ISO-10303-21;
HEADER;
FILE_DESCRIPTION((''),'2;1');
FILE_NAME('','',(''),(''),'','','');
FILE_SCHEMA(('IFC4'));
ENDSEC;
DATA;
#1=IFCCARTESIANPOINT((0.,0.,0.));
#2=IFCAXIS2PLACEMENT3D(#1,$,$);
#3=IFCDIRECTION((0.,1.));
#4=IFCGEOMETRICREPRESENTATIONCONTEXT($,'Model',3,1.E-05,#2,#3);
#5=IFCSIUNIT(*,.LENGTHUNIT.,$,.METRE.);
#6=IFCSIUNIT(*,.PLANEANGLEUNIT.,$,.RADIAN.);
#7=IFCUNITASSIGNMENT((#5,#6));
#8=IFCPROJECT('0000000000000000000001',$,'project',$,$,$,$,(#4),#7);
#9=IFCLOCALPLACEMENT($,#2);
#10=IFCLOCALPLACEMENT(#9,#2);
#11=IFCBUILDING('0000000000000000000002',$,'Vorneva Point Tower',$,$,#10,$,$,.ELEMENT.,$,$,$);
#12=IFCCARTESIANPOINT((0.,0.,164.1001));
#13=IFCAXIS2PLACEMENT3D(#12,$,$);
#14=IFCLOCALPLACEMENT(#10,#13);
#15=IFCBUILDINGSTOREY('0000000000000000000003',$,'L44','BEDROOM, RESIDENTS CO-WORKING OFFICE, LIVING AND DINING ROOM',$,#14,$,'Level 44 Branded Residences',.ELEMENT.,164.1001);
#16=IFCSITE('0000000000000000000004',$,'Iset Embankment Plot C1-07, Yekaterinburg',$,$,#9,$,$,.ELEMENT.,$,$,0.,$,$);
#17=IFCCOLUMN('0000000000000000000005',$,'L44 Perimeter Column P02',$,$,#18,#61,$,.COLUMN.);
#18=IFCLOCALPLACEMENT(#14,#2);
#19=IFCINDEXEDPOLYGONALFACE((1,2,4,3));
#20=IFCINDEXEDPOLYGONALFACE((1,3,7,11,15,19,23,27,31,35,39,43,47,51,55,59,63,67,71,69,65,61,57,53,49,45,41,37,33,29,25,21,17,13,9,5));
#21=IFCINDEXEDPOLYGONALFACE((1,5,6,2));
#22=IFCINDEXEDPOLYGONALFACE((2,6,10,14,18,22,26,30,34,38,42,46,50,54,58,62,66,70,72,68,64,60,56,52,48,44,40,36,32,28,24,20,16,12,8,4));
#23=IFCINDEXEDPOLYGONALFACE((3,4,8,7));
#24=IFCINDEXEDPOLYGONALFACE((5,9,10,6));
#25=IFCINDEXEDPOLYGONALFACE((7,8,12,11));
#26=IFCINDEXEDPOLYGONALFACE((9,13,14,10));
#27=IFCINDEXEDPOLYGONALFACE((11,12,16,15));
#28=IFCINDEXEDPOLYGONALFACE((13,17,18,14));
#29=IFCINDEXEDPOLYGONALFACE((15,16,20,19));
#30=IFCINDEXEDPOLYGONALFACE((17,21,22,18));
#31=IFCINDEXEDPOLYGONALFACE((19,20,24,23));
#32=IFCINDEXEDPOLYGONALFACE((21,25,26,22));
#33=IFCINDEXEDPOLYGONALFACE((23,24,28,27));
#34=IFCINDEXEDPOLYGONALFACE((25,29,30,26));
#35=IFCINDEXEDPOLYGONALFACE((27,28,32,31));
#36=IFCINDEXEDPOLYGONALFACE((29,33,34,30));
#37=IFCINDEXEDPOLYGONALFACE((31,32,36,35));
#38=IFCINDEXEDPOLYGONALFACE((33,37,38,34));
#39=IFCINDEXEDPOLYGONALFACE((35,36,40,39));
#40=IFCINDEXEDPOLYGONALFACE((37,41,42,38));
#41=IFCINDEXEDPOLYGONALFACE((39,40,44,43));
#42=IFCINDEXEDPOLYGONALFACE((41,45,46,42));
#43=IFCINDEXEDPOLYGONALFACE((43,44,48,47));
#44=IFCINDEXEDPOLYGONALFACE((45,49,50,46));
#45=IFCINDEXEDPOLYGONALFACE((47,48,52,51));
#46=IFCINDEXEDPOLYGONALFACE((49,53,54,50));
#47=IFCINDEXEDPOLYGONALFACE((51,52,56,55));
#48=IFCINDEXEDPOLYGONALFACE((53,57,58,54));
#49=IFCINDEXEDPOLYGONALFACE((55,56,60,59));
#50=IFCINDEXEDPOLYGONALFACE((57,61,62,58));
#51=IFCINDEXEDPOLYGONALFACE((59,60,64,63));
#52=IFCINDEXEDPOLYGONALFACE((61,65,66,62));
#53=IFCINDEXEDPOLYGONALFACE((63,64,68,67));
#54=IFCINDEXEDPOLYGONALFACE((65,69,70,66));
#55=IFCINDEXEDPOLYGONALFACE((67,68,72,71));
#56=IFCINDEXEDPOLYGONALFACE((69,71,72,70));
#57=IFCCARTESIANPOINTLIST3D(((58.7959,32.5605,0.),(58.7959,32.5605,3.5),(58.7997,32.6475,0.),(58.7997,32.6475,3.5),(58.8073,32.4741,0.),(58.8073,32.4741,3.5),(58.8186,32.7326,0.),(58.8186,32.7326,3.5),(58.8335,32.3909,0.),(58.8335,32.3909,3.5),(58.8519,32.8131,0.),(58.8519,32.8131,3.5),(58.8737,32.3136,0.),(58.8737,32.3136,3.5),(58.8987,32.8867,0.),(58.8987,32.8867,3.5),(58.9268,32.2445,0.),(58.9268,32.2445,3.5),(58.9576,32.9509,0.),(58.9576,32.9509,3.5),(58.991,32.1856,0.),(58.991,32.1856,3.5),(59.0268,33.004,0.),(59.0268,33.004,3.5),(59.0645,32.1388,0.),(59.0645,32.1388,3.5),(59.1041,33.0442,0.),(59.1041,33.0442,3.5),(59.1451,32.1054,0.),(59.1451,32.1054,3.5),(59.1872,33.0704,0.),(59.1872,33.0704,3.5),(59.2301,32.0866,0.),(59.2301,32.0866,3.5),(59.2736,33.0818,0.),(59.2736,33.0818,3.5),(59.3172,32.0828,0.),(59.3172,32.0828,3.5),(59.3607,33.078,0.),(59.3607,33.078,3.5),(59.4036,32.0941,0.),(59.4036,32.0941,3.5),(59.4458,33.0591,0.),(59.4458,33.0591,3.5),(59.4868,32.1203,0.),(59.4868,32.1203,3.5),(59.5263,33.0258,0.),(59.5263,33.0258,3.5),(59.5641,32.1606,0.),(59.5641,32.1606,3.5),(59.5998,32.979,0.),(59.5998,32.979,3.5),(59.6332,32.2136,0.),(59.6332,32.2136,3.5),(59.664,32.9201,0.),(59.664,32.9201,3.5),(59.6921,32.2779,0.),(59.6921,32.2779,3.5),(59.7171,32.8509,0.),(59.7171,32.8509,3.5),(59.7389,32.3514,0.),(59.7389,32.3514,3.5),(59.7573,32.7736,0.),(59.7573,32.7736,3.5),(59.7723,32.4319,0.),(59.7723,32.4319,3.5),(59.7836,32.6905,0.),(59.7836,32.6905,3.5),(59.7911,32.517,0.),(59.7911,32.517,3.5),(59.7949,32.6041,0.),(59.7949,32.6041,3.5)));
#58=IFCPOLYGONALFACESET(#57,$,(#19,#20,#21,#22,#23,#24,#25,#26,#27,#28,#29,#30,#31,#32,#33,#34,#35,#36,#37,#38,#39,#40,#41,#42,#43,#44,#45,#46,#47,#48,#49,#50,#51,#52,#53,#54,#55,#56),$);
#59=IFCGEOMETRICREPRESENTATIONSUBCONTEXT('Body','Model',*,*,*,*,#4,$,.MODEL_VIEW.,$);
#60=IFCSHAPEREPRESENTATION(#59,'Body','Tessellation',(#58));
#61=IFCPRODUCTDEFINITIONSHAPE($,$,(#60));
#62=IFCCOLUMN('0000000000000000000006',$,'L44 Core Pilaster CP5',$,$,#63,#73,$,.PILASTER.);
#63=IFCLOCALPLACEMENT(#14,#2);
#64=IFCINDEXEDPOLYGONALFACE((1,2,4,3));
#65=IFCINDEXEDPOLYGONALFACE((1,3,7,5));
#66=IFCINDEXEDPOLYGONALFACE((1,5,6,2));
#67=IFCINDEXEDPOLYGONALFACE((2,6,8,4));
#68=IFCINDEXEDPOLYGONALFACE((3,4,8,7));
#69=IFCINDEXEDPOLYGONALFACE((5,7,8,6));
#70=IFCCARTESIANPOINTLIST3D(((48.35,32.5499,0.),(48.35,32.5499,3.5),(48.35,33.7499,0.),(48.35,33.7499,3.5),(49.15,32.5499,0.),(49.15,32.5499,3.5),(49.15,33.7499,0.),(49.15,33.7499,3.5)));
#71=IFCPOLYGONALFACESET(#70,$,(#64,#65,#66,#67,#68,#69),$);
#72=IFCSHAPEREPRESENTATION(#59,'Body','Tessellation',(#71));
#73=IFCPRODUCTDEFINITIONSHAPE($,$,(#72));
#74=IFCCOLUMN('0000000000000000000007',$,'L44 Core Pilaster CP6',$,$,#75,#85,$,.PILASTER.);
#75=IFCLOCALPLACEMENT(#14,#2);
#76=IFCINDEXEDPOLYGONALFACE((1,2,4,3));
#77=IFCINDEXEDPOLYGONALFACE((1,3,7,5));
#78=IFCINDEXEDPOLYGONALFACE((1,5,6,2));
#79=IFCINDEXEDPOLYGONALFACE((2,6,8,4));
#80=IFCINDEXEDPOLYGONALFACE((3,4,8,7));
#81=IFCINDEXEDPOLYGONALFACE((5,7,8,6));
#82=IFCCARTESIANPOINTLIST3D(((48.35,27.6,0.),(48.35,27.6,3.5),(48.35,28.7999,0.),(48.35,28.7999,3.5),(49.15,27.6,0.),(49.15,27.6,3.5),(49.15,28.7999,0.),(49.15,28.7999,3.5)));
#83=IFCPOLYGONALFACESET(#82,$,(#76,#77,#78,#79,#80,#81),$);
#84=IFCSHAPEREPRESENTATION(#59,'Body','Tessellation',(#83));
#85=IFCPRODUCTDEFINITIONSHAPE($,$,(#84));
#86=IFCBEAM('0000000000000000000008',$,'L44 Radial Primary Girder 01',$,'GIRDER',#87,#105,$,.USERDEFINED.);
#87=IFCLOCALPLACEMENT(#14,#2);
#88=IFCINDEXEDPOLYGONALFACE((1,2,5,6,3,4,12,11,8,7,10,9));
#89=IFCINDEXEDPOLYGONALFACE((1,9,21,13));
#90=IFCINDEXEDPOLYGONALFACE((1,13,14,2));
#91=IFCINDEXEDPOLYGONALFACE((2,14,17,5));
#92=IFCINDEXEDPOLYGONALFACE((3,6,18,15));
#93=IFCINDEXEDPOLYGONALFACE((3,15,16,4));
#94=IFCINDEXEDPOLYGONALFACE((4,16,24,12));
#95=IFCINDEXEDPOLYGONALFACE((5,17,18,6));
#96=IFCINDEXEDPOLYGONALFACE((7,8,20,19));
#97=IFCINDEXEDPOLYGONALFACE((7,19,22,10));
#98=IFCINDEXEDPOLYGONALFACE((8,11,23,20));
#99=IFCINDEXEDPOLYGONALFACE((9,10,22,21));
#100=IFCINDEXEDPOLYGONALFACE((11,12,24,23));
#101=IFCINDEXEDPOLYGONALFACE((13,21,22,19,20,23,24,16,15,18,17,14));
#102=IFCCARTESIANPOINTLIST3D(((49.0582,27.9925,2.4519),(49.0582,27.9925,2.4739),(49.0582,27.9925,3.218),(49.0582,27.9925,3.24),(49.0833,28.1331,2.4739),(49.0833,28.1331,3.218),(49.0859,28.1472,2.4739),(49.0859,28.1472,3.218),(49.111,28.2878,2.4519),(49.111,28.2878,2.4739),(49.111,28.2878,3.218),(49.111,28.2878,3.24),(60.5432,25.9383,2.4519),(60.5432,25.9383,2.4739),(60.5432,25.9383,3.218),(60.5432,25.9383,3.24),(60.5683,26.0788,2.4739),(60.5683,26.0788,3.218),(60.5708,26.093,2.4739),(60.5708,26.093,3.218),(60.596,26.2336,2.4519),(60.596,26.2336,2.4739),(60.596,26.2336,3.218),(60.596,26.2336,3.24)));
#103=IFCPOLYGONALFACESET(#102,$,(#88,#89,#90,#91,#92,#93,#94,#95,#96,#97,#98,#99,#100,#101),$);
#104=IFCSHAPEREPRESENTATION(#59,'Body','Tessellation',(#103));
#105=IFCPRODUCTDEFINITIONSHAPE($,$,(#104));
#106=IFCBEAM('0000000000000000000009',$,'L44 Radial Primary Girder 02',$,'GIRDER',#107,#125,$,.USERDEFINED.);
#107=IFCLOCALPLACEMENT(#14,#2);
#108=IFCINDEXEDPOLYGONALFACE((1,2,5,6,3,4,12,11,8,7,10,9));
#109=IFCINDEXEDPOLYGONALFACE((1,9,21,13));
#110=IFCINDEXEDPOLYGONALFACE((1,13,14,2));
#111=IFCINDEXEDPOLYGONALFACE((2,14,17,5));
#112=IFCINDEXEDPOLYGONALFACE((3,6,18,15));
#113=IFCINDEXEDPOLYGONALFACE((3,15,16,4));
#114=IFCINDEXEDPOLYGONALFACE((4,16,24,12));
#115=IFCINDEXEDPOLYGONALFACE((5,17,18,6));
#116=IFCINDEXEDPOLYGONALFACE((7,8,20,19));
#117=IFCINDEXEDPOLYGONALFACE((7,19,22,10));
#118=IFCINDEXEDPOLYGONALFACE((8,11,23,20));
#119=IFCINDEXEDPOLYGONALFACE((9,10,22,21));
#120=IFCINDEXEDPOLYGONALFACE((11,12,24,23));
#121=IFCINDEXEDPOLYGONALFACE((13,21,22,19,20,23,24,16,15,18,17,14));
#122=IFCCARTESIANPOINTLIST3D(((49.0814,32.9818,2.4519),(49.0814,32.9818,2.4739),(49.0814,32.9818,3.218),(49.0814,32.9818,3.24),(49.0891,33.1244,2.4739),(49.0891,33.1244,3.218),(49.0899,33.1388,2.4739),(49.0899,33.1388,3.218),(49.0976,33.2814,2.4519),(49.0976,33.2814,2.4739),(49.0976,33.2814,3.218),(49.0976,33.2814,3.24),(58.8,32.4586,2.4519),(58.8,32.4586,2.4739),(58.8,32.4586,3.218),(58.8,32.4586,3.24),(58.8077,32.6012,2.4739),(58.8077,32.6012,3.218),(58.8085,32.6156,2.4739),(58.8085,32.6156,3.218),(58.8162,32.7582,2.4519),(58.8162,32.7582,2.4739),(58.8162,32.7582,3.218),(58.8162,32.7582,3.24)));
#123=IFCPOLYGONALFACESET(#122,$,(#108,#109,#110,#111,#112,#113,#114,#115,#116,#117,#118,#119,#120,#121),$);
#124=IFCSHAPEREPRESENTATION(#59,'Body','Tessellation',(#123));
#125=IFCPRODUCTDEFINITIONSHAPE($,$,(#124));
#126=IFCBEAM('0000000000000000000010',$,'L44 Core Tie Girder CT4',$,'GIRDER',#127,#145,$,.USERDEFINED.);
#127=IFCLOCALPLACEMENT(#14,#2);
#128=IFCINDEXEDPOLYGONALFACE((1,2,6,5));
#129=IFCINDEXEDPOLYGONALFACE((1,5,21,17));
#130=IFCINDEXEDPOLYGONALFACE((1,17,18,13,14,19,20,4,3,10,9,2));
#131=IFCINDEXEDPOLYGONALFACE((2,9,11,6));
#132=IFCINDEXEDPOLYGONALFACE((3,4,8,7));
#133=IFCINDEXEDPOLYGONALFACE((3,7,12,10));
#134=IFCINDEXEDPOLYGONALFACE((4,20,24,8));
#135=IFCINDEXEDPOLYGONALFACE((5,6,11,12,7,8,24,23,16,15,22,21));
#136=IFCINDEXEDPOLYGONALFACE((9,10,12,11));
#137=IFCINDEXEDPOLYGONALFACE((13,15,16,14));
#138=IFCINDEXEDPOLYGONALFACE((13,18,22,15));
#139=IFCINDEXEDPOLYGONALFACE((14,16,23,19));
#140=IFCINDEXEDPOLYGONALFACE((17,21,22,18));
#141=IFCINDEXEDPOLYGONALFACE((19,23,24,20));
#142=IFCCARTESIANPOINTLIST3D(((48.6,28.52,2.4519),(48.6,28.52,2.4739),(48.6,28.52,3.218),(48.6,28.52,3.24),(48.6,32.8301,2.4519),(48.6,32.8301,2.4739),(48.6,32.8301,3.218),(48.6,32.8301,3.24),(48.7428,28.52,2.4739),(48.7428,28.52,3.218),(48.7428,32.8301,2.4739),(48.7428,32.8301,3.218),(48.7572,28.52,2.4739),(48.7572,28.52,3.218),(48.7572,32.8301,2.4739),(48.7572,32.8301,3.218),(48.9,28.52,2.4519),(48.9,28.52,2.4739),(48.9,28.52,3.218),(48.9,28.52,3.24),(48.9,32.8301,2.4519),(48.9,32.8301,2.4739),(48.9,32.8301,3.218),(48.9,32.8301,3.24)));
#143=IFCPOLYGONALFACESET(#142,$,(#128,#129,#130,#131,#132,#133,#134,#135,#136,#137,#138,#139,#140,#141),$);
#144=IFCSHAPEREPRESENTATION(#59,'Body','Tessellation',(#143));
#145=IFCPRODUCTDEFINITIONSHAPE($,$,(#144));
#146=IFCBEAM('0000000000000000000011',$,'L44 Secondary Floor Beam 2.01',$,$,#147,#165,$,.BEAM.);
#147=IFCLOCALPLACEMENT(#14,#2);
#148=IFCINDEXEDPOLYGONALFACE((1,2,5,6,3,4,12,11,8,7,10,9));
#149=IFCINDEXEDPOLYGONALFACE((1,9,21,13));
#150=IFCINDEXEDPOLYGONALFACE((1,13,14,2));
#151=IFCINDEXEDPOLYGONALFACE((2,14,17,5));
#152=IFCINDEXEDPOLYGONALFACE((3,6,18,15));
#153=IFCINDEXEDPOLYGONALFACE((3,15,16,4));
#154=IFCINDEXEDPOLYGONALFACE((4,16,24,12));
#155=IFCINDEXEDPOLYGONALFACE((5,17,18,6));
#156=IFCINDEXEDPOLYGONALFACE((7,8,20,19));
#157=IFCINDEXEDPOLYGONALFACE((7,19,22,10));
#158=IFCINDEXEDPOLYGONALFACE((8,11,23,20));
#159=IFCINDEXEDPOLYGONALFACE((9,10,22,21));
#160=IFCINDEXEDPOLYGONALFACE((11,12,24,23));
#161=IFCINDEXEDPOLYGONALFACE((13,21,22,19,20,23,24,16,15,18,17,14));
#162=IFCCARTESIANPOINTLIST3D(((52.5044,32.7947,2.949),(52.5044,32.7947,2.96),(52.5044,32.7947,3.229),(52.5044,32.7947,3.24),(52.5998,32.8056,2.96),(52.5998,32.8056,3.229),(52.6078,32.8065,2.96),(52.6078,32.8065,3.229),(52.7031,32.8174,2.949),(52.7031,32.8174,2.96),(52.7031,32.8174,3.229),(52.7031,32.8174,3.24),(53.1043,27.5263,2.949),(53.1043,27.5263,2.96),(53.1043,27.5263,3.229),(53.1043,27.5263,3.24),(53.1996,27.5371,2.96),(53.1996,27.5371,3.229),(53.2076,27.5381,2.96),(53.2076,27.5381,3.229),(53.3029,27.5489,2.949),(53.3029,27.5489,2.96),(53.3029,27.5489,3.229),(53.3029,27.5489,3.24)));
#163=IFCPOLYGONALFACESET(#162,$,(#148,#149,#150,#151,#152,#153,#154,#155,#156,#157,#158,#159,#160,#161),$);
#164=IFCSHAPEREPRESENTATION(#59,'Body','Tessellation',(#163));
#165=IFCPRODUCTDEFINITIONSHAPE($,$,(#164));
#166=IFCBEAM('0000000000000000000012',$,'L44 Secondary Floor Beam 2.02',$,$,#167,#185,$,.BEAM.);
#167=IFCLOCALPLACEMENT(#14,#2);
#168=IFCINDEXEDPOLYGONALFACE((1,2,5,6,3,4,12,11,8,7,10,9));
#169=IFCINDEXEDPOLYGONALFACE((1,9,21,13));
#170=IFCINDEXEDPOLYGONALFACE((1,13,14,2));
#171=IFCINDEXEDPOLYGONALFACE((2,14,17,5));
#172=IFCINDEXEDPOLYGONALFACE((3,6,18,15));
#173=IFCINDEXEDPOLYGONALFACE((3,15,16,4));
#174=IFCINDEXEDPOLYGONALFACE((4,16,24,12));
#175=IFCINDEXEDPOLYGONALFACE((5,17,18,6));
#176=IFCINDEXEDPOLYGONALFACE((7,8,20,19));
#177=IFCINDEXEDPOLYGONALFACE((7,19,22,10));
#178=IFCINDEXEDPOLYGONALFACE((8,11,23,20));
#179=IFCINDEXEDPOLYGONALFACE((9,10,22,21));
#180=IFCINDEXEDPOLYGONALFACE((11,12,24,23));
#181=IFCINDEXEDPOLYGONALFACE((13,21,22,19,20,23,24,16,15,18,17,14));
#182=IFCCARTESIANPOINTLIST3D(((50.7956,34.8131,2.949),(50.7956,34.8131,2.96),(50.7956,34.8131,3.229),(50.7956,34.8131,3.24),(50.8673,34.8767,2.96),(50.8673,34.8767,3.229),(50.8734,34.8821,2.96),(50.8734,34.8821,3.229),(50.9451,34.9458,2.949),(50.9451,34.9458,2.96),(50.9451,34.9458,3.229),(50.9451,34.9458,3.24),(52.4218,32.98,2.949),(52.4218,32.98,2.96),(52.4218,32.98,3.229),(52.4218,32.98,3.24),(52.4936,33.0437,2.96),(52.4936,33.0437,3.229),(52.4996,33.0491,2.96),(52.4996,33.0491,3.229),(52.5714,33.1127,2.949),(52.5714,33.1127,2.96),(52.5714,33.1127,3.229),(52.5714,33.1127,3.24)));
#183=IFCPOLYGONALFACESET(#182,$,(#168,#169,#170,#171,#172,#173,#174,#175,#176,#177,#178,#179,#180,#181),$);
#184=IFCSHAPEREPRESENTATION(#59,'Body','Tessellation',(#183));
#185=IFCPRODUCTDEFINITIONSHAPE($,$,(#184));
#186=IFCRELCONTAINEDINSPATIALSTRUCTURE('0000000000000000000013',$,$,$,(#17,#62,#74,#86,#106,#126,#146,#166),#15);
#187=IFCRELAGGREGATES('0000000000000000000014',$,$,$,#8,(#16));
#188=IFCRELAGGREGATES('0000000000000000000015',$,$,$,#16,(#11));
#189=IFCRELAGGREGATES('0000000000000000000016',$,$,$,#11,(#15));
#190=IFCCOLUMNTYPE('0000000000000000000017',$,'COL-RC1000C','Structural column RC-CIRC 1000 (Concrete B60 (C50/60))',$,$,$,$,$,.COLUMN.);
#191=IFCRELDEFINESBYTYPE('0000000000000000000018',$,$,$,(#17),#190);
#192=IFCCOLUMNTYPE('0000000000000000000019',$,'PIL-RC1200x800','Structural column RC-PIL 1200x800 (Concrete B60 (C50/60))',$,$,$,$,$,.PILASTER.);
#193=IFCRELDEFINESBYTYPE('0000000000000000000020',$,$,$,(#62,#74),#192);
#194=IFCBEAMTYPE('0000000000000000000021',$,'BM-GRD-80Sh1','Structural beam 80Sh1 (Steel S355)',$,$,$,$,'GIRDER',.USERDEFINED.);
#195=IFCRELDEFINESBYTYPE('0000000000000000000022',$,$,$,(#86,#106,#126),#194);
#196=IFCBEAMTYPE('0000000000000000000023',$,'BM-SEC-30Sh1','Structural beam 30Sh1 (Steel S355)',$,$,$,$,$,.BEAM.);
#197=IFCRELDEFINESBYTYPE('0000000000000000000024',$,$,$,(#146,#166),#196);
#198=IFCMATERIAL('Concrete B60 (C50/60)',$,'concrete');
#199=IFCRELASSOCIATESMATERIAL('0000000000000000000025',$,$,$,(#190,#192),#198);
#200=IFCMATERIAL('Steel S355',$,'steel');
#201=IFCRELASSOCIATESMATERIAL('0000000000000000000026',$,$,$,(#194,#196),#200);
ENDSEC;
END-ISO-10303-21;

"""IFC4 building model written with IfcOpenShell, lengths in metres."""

from ifc_helpers import new_model, si_unit, direction, frame, origin, origin_2d, place, context, subcontext, project, spatial, rectangle, circle, i_section, extrude, material, material_profile, profile_set, type_object, element, save


model = new_model("IFC4")

# Units and contexts
model_context = context("Model", 3, precision=1e-05, world=origin(), true_north=direction((0.0, 1.0)))
body_context = subcontext(model_context, "Body", "Model", "MODEL_VIEW")
ifc_project = project(units=[si_unit("LENGTHUNIT", "METRE"), si_unit("PLANEANGLEUNIT", "RADIAN")], contexts=[model_context])

# Site, building, storey
site_placement = place(None, origin())
site = spatial("IfcSite", under=ifc_project, at=site_placement, Name="Iset Embankment Plot C1-07, Yekaterinburg", CompositionType="ELEMENT", RefElevation=0.0)
building_placement = place(site_placement, origin())
building = spatial("IfcBuilding", under=site, at=building_placement, Name="Vorneva Point Tower", CompositionType="ELEMENT")
storey_placement = place(building_placement, frame((0.0, 0.0, 164.1001)))
storey = spatial("IfcBuildingStorey", under=building, at=storey_placement, Name="L44", Description="BEDROOM, RESIDENTS CO-WORKING OFFICE, LIVING AND DINING ROOM", LongName="Level 44 Branded Residences", CompositionType="ELEMENT", Elevation=164.1001)

# Columns
ifc_material_1 = material(Name="Concrete B60 (C50/60)", Category="concrete")
ifc_material_profile_1 = material_profile(ifc_material_1, circle(Radius=0.5, at=origin_2d()), Name="RC-CIRC 1000")
ifc_profile_set_1 = profile_set([ifc_material_profile_1], Name="Concrete B60 (C50/60)")
column_type_1 = type_object("IfcColumnType", Name="COL-RC1000C", Description="Structural column RC-CIRC 1000 (Concrete B60 (C50/60))", PredefinedType="COLUMN", material=ifc_profile_set_1)
column_placement = place(storey_placement, frame((59.2954, 32.5823, 0.0), z_axis=(0.0, 0.0, 1.0), x_axis=(0.92388, 0.382683, 0.0)))
element("IfcColumn", 1, at=column_placement, inside=storey, type_object=column_type_1, Name="L44 Perimeter Column P02", PredefinedType="COLUMN", context=body_context, shape_type="SweptSolid", body=[
    extrude(circle(Radius=0.5, at=origin_2d()), origin(), (0.0, 0.0, 1.0), 3.5),
])
ifc_material_profile_2 = material_profile(ifc_material_1, rectangle(XDim=0.8, YDim=1.2, at=origin_2d()), Name="RC-PIL 1200x800")
ifc_profile_set_2 = profile_set([ifc_material_profile_2], Name="Concrete B60 (C50/60)")
column_type_2 = type_object("IfcColumnType", Name="PIL-RC1200x800", Description="Structural column RC-PIL 1200x800 (Concrete B60 (C50/60))", PredefinedType="PILASTER", material=ifc_profile_set_2)
for number, where, z_axis, x_axis, name in (
    (2, (48.75, 33.1499, 0.0), (0.0, 0.0, 1.0), (1.0, 0.0, 0.0), "L44 Core Pilaster CP5"),
    (3, (48.75, 28.2, 0.0), (0.0, 0.0, 1.0), (1.0, 0.0, 0.0), "L44 Core Pilaster CP6"),
):
    element("IfcColumn", number, at=place(storey_placement, frame(where, z_axis=z_axis, x_axis=x_axis)), inside=storey, type_object=column_type_2, Name=name, PredefinedType="PILASTER", context=body_context, shape_type="SweptSolid", body=[
        extrude(rectangle(XDim=0.8, YDim=1.2, at=origin_2d()), origin(), (0.0, 0.0, 1.0), 3.5),
    ])

# Beams
ifc_material_2 = material(Name="Steel S355", Category="steel")
ifc_material_profile_3 = material_profile(ifc_material_2, i_section(OverallWidth=0.3, OverallDepth=0.7881, WebThickness=0.0144, FlangeThickness=0.022, at=origin_2d()), Name="80Sh1")
ifc_profile_set_3 = profile_set([ifc_material_profile_3], Name="Steel S355")
beam_type_1 = type_object("IfcBeamType", Name="BM-GRD-80Sh1", Description="Structural beam 80Sh1 (Steel S355)", ElementType="GIRDER", PredefinedType="USERDEFINED", material=ifc_profile_set_3)
beam_1_placement = place(storey_placement, frame((60.5696, 26.0859, 2.8459), z_axis=(-0.984378, 0.176067, 0.0), x_axis=(-0.176067, -0.984378, 0.0)))
element("IfcBeam", 4, at=beam_1_placement, inside=storey, type_object=beam_type_1, Name="L44 Radial Primary Girder 01", ObjectType="GIRDER", PredefinedType="USERDEFINED", context=body_context, shape_type="SweptSolid", body=[
    extrude(i_section(OverallWidth=0.3, OverallDepth=0.7881, WebThickness=0.0144, FlangeThickness=0.022, at=origin_2d()), origin(), (0.0, 0.0, 1.0), 11.6672),
])
beam_2_placement = place(storey_placement, frame((58.8081, 32.6084, 2.8459), z_axis=(-0.998554, 0.053757, 0.0), x_axis=(-0.053757, -0.998554, 0.0)))
element("IfcBeam", 5, at=beam_2_placement, inside=storey, type_object=beam_type_1, Name="L44 Radial Primary Girder 02", ObjectType="GIRDER", PredefinedType="USERDEFINED", context=body_context, shape_type="SweptSolid", body=[
    extrude(i_section(OverallWidth=0.3, OverallDepth=0.7881, WebThickness=0.0144, FlangeThickness=0.022, at=origin_2d()), origin(), (0.0, 0.0, 1.0), 9.7327),
])
beam_3_placement = place(storey_placement, frame((48.75, 28.52, 2.8459), z_axis=(0.0, 1.0, 0.0), x_axis=(-1.0, 0.0, 0.0)))
element("IfcBeam", 6, at=beam_3_placement, inside=storey, type_object=beam_type_1, Name="L44 Core Tie Girder CT4", ObjectType="GIRDER", PredefinedType="USERDEFINED", context=body_context, shape_type="SweptSolid", body=[
    extrude(i_section(OverallWidth=0.3, OverallDepth=0.7881, WebThickness=0.0144, FlangeThickness=0.022, at=origin_2d()), origin(), (0.0, 0.0, 1.0), 4.3101),
])
ifc_material_profile_4 = material_profile(ifc_material_2, i_section(OverallWidth=0.2, OverallDepth=0.291, WebThickness=0.0081, FlangeThickness=0.011, at=origin_2d()), Name="30Sh1")
ifc_profile_set_4 = profile_set([ifc_material_profile_4], Name="Steel S355")
beam_type_2 = type_object("IfcBeamType", Name="BM-SEC-30Sh1", Description="Structural beam 30Sh1 (Steel S355)", PredefinedType="BEAM", material=ifc_profile_set_4)
beam_4_placement = place(storey_placement, frame((53.2036, 27.5376, 3.0945), z_axis=(-0.113125, 0.993581, 0.0), x_axis=(-0.993581, -0.113125, 0.0)))
element("IfcBeam", 7, at=beam_4_placement, inside=storey, type_object=beam_type_2, Name="L44 Secondary Floor Beam 2.01", PredefinedType="BEAM", context=body_context, shape_type="SweptSolid", body=[
    extrude(i_section(OverallWidth=0.2, OverallDepth=0.291, WebThickness=0.0081, FlangeThickness=0.011, at=origin_2d()), origin(), (0.0, 0.0, 1.0), 5.3025),
])
beam_5_placement = place(storey_placement, frame((52.4966, 33.0464, 3.0945), z_axis=(-0.663652, 0.748041, 0.0), x_axis=(-0.748041, -0.663652, 0.0)))
element("IfcBeam", 8, at=beam_5_placement, inside=storey, type_object=beam_type_2, Name="L44 Secondary Floor Beam 2.02", PredefinedType="BEAM", context=body_context, shape_type="SweptSolid", body=[
    extrude(i_section(OverallWidth=0.2, OverallDepth=0.291, WebThickness=0.0081, FlangeThickness=0.011, at=origin_2d()), origin(), (0.0, 0.0, 1.0), 2.4504),
])

save(model, "model.ifc")
